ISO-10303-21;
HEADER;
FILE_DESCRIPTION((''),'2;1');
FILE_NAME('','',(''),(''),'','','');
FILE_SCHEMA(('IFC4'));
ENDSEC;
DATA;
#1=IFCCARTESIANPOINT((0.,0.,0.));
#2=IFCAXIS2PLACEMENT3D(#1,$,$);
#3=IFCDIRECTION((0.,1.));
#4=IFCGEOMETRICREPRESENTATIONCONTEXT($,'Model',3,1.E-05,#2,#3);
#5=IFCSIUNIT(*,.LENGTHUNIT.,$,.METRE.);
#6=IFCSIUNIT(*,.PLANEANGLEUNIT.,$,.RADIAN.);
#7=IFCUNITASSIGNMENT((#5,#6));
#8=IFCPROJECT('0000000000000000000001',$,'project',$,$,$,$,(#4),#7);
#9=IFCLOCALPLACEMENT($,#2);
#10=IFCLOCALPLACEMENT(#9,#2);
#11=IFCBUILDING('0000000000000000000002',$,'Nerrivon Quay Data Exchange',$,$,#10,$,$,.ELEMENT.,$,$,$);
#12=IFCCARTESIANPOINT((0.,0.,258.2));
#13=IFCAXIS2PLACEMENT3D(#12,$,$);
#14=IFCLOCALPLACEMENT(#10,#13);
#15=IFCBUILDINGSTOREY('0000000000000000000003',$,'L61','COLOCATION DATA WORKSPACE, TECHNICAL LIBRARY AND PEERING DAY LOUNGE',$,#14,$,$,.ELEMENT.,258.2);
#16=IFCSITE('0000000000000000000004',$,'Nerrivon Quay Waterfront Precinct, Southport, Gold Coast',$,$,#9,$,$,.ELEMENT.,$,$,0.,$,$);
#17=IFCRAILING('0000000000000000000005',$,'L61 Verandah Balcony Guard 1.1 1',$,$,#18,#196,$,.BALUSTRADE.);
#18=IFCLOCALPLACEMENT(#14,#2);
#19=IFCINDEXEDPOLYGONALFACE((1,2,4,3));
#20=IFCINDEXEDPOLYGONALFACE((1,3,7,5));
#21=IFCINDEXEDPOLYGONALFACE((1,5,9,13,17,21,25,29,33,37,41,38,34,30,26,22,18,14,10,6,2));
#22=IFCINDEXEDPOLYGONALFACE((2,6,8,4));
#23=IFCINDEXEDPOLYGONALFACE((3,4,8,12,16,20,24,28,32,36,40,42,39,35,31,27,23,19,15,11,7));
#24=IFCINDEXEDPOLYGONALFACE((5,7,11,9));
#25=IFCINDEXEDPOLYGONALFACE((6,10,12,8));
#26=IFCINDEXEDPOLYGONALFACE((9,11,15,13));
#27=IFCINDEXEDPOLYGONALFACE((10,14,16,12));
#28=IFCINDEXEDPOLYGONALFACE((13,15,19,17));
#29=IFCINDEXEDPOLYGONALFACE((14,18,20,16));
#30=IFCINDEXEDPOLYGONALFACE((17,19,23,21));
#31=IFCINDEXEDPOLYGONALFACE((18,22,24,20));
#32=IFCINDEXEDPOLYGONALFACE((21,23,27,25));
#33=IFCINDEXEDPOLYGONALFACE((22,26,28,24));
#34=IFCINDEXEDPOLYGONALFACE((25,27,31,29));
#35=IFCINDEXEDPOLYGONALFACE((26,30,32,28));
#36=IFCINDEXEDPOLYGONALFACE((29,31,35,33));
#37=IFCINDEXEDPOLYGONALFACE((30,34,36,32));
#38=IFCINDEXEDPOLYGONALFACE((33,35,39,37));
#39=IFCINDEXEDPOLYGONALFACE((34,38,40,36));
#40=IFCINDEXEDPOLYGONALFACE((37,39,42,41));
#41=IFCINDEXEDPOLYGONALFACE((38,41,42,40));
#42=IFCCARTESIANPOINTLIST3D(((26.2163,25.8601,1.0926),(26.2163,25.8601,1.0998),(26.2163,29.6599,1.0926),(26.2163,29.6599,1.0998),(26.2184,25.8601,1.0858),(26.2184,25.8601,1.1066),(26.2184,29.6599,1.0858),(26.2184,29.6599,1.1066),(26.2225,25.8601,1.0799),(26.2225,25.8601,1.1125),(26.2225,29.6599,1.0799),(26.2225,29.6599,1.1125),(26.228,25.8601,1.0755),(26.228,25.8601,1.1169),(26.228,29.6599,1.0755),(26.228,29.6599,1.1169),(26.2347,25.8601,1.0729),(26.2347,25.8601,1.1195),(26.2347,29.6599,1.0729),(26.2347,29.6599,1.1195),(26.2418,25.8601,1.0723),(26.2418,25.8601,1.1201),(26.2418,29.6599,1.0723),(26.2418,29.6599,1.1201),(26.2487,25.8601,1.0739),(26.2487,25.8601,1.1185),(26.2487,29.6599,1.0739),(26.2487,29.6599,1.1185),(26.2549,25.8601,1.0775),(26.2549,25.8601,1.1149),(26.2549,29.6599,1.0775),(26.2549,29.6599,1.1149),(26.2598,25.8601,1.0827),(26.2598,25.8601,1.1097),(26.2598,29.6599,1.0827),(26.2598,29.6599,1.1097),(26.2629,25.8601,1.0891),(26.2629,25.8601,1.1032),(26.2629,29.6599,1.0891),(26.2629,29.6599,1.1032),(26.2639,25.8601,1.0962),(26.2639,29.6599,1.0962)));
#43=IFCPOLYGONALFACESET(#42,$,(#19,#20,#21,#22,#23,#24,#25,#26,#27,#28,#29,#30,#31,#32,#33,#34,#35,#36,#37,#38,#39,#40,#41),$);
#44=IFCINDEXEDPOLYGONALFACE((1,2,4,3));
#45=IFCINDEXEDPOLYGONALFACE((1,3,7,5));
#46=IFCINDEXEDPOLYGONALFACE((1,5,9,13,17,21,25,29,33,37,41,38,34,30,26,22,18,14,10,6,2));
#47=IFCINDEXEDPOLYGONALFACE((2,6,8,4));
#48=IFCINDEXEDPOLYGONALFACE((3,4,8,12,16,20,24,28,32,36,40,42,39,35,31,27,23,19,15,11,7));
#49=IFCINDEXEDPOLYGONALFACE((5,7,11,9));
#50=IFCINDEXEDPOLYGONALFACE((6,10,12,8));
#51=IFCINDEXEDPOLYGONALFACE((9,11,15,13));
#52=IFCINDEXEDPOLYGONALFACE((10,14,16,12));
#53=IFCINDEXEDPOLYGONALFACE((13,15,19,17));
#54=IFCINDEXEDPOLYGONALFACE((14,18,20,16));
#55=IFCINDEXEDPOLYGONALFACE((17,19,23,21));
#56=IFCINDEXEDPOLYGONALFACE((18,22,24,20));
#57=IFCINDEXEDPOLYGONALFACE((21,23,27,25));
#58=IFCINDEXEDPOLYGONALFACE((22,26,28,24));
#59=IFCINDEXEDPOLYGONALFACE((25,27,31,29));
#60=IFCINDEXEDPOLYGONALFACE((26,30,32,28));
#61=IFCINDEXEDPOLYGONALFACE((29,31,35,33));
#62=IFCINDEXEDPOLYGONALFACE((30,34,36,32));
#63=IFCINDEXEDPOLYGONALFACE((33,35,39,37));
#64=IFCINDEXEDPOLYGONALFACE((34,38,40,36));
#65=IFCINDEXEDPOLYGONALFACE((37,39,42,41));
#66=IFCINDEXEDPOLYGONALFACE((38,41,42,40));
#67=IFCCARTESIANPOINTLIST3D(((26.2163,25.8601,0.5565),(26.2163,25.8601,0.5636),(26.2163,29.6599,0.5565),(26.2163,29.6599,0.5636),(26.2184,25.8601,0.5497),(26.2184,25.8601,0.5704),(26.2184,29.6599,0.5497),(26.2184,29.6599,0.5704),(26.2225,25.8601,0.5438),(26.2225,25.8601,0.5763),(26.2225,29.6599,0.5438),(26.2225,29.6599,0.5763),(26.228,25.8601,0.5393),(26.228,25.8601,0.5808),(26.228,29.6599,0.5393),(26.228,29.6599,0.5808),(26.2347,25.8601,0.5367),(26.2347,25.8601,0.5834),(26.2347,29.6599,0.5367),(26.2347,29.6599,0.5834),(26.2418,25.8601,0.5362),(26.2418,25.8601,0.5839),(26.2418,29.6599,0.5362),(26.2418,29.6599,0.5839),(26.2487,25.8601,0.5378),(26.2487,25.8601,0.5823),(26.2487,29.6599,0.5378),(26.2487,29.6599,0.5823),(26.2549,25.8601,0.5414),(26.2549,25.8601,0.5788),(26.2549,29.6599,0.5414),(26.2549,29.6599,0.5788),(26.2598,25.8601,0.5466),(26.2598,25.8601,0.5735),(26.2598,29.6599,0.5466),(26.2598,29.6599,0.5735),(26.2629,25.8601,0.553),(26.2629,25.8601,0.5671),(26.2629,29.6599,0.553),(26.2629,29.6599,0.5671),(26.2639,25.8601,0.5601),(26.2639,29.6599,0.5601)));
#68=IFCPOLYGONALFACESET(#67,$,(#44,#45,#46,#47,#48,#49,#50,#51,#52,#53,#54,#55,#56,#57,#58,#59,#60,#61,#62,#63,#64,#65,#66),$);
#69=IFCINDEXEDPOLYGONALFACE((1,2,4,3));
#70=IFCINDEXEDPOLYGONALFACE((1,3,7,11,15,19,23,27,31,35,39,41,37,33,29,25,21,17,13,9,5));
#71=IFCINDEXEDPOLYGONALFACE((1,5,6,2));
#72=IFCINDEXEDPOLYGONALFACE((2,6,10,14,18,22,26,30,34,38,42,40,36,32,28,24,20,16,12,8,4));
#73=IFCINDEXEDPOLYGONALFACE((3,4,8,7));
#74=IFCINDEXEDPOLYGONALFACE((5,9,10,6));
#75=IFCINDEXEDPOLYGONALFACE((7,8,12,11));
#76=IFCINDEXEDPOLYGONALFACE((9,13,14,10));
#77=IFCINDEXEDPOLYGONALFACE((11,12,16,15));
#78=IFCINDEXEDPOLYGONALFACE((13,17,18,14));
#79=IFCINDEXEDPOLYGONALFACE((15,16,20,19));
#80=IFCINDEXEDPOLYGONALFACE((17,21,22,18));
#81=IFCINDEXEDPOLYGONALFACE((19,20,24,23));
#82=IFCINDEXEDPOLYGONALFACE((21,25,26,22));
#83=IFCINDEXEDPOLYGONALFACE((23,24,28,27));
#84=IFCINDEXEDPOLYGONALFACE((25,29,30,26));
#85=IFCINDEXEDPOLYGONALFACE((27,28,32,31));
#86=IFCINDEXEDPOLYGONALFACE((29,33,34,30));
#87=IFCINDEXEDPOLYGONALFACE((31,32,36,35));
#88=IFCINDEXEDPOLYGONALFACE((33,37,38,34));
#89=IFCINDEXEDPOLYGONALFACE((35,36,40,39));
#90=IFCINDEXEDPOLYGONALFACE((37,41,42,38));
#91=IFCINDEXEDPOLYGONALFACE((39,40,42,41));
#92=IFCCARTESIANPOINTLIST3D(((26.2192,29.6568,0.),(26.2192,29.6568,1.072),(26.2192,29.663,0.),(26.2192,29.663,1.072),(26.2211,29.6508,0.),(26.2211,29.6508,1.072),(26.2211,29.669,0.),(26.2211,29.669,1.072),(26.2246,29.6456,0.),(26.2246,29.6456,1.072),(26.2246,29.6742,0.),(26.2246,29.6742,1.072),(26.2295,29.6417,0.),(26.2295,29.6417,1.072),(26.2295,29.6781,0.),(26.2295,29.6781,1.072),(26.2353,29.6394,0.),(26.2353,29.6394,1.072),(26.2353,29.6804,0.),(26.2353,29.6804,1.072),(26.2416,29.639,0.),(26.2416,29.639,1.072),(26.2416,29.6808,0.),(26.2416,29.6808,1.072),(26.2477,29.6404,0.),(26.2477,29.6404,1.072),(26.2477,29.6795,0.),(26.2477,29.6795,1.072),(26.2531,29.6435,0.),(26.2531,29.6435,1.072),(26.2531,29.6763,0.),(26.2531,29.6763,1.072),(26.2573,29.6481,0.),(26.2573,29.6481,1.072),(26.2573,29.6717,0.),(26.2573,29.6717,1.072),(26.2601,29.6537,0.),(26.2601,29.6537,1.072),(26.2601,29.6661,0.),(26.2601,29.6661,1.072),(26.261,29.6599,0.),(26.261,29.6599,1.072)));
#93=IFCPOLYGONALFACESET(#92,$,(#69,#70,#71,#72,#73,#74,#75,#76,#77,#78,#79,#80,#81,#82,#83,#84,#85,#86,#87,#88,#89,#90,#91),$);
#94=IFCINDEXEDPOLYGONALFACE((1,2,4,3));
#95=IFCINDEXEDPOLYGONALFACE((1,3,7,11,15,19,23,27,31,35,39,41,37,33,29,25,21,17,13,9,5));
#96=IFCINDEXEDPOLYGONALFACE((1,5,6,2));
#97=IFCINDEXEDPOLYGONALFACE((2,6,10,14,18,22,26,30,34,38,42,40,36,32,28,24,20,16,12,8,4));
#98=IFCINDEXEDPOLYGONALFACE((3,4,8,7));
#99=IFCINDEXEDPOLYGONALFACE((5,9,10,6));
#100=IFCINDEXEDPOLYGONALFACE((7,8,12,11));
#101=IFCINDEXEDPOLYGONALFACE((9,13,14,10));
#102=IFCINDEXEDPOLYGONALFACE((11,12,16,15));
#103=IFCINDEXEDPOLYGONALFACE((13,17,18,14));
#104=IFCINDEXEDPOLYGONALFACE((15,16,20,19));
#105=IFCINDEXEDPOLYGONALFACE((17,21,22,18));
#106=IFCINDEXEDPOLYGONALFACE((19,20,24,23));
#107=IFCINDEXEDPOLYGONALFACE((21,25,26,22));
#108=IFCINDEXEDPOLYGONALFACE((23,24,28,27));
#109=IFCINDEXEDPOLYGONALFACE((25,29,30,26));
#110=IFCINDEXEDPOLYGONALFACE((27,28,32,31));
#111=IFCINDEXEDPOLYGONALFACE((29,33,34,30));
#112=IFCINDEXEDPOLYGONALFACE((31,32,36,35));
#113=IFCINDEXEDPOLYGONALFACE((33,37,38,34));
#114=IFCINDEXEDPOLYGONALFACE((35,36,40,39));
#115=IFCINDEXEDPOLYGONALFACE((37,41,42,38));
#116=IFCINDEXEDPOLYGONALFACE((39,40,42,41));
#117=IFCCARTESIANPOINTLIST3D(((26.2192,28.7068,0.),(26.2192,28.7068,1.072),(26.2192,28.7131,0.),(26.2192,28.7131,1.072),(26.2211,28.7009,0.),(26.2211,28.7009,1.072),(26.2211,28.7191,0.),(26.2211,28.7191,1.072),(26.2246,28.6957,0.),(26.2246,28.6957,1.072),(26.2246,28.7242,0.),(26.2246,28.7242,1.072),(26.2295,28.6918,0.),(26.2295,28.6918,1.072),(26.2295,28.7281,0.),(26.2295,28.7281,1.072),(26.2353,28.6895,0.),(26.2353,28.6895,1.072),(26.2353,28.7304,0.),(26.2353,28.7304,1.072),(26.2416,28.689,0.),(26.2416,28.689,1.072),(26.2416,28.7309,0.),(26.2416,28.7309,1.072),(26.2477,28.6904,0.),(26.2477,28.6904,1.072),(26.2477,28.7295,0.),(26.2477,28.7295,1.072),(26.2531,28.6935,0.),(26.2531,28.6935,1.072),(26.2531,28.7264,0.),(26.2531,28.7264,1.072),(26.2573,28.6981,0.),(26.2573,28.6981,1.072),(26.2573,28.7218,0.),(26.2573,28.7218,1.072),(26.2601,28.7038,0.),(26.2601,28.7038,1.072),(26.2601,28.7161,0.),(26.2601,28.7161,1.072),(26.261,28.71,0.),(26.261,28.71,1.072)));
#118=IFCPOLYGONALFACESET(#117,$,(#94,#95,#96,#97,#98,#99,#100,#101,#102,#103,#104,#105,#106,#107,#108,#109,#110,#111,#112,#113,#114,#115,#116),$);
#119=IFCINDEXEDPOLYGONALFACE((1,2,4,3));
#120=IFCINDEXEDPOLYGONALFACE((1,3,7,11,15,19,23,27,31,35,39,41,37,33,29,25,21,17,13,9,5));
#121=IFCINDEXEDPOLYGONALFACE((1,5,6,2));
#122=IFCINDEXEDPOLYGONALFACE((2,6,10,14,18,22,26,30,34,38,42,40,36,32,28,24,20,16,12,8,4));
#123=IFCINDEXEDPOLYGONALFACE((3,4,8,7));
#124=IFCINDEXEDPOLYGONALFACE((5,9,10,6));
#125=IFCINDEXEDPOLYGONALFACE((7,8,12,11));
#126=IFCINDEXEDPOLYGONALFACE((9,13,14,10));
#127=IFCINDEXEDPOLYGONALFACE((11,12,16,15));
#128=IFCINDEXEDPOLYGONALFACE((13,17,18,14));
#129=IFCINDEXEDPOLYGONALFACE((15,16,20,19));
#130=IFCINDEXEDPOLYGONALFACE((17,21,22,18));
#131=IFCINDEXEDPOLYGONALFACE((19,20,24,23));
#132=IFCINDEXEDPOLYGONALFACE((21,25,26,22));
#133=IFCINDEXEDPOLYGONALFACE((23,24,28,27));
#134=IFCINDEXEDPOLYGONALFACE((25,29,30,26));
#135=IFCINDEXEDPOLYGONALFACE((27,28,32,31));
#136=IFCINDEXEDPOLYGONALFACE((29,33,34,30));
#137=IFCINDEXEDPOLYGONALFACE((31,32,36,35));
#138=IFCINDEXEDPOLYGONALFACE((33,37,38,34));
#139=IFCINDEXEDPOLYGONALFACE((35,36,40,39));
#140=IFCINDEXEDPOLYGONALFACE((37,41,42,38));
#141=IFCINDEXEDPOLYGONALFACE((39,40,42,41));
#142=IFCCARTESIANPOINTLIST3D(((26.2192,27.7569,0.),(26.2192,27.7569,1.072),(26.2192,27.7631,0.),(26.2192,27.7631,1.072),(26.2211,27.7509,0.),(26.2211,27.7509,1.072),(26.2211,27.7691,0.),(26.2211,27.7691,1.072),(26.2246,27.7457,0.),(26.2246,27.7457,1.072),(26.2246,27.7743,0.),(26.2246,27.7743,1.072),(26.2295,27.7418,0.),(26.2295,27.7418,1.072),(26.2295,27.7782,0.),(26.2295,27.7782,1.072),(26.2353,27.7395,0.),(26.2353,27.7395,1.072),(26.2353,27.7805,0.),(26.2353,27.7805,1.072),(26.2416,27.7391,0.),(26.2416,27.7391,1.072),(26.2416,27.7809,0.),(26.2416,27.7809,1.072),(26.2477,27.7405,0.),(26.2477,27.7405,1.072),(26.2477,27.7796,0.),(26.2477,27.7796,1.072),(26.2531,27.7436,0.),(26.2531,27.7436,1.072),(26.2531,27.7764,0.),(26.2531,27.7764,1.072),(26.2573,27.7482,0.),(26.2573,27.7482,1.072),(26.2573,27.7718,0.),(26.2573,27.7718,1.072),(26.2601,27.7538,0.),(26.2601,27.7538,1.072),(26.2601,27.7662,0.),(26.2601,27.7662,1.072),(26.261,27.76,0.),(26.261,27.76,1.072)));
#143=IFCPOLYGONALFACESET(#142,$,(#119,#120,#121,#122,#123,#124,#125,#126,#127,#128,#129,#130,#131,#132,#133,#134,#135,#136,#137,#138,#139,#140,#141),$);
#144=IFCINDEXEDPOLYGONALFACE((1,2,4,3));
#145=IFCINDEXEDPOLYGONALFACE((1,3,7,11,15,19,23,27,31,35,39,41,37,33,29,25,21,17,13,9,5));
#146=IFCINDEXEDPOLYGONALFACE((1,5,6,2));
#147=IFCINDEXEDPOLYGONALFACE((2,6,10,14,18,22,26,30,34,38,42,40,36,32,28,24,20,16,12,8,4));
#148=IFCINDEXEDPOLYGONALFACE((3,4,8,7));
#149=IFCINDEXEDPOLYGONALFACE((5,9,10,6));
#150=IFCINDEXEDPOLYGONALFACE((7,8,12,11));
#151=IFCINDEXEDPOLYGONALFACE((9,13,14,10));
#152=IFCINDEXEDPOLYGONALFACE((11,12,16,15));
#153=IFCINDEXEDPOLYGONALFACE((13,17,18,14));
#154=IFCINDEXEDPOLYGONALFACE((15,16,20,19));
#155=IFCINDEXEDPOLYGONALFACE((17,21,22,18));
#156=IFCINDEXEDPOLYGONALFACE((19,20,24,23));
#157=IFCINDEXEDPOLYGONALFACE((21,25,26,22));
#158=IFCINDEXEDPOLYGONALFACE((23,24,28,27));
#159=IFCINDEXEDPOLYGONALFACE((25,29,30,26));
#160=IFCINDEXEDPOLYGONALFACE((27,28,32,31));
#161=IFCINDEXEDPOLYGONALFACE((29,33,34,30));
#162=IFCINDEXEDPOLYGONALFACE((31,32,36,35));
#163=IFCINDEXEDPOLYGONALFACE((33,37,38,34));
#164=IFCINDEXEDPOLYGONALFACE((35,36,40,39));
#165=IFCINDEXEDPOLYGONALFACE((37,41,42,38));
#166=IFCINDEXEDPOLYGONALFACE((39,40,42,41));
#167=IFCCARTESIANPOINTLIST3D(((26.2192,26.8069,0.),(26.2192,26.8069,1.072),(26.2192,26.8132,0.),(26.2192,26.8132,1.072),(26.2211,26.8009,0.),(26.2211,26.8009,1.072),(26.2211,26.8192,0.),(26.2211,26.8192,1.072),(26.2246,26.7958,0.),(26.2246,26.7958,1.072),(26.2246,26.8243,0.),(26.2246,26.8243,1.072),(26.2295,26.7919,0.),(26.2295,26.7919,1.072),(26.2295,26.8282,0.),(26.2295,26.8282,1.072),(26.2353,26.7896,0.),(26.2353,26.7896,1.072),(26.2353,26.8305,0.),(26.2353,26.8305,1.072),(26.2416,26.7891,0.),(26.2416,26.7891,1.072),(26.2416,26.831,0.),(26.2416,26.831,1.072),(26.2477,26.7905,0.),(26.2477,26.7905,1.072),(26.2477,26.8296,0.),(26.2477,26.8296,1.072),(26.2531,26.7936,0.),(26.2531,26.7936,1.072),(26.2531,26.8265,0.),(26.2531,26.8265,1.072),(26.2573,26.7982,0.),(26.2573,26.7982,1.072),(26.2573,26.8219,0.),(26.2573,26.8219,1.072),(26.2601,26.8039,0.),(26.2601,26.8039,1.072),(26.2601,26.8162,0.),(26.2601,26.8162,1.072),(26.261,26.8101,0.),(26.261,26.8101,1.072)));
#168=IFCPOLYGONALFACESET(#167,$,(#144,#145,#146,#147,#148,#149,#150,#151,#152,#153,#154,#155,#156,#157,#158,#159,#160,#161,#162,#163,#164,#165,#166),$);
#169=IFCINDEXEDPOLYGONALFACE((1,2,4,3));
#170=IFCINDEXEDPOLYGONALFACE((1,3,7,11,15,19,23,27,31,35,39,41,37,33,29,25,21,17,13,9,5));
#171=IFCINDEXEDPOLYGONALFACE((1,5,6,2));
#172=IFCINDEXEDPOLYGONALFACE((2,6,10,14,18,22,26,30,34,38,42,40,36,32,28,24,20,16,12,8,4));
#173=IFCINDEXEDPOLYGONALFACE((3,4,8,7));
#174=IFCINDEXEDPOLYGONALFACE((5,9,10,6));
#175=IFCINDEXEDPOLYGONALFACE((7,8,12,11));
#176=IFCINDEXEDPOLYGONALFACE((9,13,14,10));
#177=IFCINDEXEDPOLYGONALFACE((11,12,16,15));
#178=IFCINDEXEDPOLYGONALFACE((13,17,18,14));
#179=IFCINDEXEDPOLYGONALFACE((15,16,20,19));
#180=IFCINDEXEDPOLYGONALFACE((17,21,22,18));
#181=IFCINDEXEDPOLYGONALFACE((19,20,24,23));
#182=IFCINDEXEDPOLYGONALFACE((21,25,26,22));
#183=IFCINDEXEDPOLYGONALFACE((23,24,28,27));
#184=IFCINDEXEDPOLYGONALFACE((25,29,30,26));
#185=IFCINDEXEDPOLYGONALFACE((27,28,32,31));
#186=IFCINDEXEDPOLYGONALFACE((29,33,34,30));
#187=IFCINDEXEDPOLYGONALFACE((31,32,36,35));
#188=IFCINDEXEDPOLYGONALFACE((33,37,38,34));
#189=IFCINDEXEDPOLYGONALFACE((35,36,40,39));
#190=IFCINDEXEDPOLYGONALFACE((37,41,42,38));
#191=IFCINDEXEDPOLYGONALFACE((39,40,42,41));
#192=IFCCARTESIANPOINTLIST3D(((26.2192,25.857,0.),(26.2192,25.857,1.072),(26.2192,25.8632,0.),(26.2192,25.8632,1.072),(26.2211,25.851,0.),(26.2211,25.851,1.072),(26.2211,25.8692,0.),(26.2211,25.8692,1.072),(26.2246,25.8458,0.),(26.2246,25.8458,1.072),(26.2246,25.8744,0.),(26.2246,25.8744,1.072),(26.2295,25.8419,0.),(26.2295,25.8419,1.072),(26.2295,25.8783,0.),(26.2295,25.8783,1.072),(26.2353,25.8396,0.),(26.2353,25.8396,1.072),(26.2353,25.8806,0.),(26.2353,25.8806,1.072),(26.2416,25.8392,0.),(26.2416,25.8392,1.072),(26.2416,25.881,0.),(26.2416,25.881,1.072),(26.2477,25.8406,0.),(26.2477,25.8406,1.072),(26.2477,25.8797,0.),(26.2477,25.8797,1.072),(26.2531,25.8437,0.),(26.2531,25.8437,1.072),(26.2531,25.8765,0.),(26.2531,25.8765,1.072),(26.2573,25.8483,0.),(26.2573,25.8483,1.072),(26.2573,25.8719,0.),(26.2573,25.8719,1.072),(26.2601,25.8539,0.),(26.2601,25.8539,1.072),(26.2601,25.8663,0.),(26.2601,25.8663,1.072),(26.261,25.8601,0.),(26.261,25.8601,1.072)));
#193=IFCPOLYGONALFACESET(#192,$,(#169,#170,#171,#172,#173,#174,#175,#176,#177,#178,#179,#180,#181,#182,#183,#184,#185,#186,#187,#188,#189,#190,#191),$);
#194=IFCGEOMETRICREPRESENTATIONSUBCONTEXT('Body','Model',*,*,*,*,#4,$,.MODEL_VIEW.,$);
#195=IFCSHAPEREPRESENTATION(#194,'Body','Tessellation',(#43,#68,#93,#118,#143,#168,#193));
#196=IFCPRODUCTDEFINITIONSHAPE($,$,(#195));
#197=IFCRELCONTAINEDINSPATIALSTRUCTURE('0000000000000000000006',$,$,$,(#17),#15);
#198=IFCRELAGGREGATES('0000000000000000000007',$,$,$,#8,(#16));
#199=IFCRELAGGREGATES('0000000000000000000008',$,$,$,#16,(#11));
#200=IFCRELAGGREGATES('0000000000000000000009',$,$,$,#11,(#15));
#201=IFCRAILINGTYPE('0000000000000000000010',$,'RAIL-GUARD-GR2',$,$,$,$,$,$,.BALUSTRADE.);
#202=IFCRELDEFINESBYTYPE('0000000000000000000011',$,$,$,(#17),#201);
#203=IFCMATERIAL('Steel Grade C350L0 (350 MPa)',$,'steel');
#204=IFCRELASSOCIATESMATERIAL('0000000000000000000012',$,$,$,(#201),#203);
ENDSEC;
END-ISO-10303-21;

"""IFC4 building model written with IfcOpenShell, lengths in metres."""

from ifc_helpers import new_model, si_unit, direction, frame, origin, origin_2d, place, context, subcontext, project, spatial, circle, extrude, material, type_object, element, save


model = new_model("IFC4")

# Units and contexts
model_context = context("Model", 3, precision=1e-05, world=origin(), true_north=direction((0.0, 1.0)))
body_context = subcontext(model_context, "Body", "Model", "MODEL_VIEW")
ifc_project = project(units=[si_unit("LENGTHUNIT", "METRE"), si_unit("PLANEANGLEUNIT", "RADIAN")], contexts=[model_context])

# Site, building, storey
site_placement = place(None, origin())
site = spatial("IfcSite", under=ifc_project, at=site_placement, Name="Nerrivon Quay Waterfront Precinct, Southport, Gold Coast", CompositionType="ELEMENT", RefElevation=0.0)
building_placement = place(site_placement, origin())
building = spatial("IfcBuilding", under=site, at=building_placement, Name="Nerrivon Quay Data Exchange", CompositionType="ELEMENT")
storey_placement = place(building_placement, frame((0.0, 0.0, 258.2)))
storey = spatial("IfcBuildingStorey", under=building, at=storey_placement, Name="L61", Description="COLOCATION DATA WORKSPACE, TECHNICAL LIBRARY AND PEERING DAY LOUNGE", CompositionType="ELEMENT", Elevation=258.2)

# Shared definitions
ifc_material_1 = material(Name="Steel Grade C350L0 (350 MPa)", Category="steel")

# Railing
railing_type = type_object("IfcRailingType", Name="RAIL-GUARD-GR2", PredefinedType="BALUSTRADE", material=ifc_material_1)
railing_1_placement = place(storey_placement, frame((26.24, 29.6599, 0.0)))
element("IfcRailing", 1, at=railing_1_placement, inside=storey, type_object=railing_type, Name="L61 Verandah Balcony Guard 1.1 1", PredefinedType="BALUSTRADE", context=body_context, shape_type="SweptSolid", body=[
    extrude(circle(Radius=0.0239, at=origin_2d()), frame((0.0, 0.0, 1.0962), z_axis=(0.0, -1.0, 0.0), x_axis=(1.0, 0.0, 0.0)), (0.0, 0.0, 1.0), 3.7998),
    extrude(circle(Radius=0.0239, at=origin_2d()), frame((0.0, 0.0, 0.5601), z_axis=(0.0, -1.0, 0.0), x_axis=(1.0, 0.0, 0.0)), (0.0, 0.0, 1.0), 3.7998),
    extrude(circle(Radius=0.021, at=origin_2d()), origin(), (0.0, 0.0, 1.0), 1.072),
    extrude(circle(Radius=0.021, at=origin_2d()), frame((0.0, -0.95, 0.0)), (0.0, 0.0, 1.0), 1.072),
    extrude(circle(Radius=0.021, at=origin_2d()), frame((0.0, -1.8999, 0.0)), (0.0, 0.0, 1.0), 1.072),
    extrude(circle(Radius=0.021, at=origin_2d()), frame((0.0, -2.8499, 0.0)), (0.0, 0.0, 1.0), 1.072),
    extrude(circle(Radius=0.021, at=origin_2d()), frame((0.0, -3.7998, 0.0)), (0.0, 0.0, 1.0), 1.072),
])

save(model, "model.ifc")
